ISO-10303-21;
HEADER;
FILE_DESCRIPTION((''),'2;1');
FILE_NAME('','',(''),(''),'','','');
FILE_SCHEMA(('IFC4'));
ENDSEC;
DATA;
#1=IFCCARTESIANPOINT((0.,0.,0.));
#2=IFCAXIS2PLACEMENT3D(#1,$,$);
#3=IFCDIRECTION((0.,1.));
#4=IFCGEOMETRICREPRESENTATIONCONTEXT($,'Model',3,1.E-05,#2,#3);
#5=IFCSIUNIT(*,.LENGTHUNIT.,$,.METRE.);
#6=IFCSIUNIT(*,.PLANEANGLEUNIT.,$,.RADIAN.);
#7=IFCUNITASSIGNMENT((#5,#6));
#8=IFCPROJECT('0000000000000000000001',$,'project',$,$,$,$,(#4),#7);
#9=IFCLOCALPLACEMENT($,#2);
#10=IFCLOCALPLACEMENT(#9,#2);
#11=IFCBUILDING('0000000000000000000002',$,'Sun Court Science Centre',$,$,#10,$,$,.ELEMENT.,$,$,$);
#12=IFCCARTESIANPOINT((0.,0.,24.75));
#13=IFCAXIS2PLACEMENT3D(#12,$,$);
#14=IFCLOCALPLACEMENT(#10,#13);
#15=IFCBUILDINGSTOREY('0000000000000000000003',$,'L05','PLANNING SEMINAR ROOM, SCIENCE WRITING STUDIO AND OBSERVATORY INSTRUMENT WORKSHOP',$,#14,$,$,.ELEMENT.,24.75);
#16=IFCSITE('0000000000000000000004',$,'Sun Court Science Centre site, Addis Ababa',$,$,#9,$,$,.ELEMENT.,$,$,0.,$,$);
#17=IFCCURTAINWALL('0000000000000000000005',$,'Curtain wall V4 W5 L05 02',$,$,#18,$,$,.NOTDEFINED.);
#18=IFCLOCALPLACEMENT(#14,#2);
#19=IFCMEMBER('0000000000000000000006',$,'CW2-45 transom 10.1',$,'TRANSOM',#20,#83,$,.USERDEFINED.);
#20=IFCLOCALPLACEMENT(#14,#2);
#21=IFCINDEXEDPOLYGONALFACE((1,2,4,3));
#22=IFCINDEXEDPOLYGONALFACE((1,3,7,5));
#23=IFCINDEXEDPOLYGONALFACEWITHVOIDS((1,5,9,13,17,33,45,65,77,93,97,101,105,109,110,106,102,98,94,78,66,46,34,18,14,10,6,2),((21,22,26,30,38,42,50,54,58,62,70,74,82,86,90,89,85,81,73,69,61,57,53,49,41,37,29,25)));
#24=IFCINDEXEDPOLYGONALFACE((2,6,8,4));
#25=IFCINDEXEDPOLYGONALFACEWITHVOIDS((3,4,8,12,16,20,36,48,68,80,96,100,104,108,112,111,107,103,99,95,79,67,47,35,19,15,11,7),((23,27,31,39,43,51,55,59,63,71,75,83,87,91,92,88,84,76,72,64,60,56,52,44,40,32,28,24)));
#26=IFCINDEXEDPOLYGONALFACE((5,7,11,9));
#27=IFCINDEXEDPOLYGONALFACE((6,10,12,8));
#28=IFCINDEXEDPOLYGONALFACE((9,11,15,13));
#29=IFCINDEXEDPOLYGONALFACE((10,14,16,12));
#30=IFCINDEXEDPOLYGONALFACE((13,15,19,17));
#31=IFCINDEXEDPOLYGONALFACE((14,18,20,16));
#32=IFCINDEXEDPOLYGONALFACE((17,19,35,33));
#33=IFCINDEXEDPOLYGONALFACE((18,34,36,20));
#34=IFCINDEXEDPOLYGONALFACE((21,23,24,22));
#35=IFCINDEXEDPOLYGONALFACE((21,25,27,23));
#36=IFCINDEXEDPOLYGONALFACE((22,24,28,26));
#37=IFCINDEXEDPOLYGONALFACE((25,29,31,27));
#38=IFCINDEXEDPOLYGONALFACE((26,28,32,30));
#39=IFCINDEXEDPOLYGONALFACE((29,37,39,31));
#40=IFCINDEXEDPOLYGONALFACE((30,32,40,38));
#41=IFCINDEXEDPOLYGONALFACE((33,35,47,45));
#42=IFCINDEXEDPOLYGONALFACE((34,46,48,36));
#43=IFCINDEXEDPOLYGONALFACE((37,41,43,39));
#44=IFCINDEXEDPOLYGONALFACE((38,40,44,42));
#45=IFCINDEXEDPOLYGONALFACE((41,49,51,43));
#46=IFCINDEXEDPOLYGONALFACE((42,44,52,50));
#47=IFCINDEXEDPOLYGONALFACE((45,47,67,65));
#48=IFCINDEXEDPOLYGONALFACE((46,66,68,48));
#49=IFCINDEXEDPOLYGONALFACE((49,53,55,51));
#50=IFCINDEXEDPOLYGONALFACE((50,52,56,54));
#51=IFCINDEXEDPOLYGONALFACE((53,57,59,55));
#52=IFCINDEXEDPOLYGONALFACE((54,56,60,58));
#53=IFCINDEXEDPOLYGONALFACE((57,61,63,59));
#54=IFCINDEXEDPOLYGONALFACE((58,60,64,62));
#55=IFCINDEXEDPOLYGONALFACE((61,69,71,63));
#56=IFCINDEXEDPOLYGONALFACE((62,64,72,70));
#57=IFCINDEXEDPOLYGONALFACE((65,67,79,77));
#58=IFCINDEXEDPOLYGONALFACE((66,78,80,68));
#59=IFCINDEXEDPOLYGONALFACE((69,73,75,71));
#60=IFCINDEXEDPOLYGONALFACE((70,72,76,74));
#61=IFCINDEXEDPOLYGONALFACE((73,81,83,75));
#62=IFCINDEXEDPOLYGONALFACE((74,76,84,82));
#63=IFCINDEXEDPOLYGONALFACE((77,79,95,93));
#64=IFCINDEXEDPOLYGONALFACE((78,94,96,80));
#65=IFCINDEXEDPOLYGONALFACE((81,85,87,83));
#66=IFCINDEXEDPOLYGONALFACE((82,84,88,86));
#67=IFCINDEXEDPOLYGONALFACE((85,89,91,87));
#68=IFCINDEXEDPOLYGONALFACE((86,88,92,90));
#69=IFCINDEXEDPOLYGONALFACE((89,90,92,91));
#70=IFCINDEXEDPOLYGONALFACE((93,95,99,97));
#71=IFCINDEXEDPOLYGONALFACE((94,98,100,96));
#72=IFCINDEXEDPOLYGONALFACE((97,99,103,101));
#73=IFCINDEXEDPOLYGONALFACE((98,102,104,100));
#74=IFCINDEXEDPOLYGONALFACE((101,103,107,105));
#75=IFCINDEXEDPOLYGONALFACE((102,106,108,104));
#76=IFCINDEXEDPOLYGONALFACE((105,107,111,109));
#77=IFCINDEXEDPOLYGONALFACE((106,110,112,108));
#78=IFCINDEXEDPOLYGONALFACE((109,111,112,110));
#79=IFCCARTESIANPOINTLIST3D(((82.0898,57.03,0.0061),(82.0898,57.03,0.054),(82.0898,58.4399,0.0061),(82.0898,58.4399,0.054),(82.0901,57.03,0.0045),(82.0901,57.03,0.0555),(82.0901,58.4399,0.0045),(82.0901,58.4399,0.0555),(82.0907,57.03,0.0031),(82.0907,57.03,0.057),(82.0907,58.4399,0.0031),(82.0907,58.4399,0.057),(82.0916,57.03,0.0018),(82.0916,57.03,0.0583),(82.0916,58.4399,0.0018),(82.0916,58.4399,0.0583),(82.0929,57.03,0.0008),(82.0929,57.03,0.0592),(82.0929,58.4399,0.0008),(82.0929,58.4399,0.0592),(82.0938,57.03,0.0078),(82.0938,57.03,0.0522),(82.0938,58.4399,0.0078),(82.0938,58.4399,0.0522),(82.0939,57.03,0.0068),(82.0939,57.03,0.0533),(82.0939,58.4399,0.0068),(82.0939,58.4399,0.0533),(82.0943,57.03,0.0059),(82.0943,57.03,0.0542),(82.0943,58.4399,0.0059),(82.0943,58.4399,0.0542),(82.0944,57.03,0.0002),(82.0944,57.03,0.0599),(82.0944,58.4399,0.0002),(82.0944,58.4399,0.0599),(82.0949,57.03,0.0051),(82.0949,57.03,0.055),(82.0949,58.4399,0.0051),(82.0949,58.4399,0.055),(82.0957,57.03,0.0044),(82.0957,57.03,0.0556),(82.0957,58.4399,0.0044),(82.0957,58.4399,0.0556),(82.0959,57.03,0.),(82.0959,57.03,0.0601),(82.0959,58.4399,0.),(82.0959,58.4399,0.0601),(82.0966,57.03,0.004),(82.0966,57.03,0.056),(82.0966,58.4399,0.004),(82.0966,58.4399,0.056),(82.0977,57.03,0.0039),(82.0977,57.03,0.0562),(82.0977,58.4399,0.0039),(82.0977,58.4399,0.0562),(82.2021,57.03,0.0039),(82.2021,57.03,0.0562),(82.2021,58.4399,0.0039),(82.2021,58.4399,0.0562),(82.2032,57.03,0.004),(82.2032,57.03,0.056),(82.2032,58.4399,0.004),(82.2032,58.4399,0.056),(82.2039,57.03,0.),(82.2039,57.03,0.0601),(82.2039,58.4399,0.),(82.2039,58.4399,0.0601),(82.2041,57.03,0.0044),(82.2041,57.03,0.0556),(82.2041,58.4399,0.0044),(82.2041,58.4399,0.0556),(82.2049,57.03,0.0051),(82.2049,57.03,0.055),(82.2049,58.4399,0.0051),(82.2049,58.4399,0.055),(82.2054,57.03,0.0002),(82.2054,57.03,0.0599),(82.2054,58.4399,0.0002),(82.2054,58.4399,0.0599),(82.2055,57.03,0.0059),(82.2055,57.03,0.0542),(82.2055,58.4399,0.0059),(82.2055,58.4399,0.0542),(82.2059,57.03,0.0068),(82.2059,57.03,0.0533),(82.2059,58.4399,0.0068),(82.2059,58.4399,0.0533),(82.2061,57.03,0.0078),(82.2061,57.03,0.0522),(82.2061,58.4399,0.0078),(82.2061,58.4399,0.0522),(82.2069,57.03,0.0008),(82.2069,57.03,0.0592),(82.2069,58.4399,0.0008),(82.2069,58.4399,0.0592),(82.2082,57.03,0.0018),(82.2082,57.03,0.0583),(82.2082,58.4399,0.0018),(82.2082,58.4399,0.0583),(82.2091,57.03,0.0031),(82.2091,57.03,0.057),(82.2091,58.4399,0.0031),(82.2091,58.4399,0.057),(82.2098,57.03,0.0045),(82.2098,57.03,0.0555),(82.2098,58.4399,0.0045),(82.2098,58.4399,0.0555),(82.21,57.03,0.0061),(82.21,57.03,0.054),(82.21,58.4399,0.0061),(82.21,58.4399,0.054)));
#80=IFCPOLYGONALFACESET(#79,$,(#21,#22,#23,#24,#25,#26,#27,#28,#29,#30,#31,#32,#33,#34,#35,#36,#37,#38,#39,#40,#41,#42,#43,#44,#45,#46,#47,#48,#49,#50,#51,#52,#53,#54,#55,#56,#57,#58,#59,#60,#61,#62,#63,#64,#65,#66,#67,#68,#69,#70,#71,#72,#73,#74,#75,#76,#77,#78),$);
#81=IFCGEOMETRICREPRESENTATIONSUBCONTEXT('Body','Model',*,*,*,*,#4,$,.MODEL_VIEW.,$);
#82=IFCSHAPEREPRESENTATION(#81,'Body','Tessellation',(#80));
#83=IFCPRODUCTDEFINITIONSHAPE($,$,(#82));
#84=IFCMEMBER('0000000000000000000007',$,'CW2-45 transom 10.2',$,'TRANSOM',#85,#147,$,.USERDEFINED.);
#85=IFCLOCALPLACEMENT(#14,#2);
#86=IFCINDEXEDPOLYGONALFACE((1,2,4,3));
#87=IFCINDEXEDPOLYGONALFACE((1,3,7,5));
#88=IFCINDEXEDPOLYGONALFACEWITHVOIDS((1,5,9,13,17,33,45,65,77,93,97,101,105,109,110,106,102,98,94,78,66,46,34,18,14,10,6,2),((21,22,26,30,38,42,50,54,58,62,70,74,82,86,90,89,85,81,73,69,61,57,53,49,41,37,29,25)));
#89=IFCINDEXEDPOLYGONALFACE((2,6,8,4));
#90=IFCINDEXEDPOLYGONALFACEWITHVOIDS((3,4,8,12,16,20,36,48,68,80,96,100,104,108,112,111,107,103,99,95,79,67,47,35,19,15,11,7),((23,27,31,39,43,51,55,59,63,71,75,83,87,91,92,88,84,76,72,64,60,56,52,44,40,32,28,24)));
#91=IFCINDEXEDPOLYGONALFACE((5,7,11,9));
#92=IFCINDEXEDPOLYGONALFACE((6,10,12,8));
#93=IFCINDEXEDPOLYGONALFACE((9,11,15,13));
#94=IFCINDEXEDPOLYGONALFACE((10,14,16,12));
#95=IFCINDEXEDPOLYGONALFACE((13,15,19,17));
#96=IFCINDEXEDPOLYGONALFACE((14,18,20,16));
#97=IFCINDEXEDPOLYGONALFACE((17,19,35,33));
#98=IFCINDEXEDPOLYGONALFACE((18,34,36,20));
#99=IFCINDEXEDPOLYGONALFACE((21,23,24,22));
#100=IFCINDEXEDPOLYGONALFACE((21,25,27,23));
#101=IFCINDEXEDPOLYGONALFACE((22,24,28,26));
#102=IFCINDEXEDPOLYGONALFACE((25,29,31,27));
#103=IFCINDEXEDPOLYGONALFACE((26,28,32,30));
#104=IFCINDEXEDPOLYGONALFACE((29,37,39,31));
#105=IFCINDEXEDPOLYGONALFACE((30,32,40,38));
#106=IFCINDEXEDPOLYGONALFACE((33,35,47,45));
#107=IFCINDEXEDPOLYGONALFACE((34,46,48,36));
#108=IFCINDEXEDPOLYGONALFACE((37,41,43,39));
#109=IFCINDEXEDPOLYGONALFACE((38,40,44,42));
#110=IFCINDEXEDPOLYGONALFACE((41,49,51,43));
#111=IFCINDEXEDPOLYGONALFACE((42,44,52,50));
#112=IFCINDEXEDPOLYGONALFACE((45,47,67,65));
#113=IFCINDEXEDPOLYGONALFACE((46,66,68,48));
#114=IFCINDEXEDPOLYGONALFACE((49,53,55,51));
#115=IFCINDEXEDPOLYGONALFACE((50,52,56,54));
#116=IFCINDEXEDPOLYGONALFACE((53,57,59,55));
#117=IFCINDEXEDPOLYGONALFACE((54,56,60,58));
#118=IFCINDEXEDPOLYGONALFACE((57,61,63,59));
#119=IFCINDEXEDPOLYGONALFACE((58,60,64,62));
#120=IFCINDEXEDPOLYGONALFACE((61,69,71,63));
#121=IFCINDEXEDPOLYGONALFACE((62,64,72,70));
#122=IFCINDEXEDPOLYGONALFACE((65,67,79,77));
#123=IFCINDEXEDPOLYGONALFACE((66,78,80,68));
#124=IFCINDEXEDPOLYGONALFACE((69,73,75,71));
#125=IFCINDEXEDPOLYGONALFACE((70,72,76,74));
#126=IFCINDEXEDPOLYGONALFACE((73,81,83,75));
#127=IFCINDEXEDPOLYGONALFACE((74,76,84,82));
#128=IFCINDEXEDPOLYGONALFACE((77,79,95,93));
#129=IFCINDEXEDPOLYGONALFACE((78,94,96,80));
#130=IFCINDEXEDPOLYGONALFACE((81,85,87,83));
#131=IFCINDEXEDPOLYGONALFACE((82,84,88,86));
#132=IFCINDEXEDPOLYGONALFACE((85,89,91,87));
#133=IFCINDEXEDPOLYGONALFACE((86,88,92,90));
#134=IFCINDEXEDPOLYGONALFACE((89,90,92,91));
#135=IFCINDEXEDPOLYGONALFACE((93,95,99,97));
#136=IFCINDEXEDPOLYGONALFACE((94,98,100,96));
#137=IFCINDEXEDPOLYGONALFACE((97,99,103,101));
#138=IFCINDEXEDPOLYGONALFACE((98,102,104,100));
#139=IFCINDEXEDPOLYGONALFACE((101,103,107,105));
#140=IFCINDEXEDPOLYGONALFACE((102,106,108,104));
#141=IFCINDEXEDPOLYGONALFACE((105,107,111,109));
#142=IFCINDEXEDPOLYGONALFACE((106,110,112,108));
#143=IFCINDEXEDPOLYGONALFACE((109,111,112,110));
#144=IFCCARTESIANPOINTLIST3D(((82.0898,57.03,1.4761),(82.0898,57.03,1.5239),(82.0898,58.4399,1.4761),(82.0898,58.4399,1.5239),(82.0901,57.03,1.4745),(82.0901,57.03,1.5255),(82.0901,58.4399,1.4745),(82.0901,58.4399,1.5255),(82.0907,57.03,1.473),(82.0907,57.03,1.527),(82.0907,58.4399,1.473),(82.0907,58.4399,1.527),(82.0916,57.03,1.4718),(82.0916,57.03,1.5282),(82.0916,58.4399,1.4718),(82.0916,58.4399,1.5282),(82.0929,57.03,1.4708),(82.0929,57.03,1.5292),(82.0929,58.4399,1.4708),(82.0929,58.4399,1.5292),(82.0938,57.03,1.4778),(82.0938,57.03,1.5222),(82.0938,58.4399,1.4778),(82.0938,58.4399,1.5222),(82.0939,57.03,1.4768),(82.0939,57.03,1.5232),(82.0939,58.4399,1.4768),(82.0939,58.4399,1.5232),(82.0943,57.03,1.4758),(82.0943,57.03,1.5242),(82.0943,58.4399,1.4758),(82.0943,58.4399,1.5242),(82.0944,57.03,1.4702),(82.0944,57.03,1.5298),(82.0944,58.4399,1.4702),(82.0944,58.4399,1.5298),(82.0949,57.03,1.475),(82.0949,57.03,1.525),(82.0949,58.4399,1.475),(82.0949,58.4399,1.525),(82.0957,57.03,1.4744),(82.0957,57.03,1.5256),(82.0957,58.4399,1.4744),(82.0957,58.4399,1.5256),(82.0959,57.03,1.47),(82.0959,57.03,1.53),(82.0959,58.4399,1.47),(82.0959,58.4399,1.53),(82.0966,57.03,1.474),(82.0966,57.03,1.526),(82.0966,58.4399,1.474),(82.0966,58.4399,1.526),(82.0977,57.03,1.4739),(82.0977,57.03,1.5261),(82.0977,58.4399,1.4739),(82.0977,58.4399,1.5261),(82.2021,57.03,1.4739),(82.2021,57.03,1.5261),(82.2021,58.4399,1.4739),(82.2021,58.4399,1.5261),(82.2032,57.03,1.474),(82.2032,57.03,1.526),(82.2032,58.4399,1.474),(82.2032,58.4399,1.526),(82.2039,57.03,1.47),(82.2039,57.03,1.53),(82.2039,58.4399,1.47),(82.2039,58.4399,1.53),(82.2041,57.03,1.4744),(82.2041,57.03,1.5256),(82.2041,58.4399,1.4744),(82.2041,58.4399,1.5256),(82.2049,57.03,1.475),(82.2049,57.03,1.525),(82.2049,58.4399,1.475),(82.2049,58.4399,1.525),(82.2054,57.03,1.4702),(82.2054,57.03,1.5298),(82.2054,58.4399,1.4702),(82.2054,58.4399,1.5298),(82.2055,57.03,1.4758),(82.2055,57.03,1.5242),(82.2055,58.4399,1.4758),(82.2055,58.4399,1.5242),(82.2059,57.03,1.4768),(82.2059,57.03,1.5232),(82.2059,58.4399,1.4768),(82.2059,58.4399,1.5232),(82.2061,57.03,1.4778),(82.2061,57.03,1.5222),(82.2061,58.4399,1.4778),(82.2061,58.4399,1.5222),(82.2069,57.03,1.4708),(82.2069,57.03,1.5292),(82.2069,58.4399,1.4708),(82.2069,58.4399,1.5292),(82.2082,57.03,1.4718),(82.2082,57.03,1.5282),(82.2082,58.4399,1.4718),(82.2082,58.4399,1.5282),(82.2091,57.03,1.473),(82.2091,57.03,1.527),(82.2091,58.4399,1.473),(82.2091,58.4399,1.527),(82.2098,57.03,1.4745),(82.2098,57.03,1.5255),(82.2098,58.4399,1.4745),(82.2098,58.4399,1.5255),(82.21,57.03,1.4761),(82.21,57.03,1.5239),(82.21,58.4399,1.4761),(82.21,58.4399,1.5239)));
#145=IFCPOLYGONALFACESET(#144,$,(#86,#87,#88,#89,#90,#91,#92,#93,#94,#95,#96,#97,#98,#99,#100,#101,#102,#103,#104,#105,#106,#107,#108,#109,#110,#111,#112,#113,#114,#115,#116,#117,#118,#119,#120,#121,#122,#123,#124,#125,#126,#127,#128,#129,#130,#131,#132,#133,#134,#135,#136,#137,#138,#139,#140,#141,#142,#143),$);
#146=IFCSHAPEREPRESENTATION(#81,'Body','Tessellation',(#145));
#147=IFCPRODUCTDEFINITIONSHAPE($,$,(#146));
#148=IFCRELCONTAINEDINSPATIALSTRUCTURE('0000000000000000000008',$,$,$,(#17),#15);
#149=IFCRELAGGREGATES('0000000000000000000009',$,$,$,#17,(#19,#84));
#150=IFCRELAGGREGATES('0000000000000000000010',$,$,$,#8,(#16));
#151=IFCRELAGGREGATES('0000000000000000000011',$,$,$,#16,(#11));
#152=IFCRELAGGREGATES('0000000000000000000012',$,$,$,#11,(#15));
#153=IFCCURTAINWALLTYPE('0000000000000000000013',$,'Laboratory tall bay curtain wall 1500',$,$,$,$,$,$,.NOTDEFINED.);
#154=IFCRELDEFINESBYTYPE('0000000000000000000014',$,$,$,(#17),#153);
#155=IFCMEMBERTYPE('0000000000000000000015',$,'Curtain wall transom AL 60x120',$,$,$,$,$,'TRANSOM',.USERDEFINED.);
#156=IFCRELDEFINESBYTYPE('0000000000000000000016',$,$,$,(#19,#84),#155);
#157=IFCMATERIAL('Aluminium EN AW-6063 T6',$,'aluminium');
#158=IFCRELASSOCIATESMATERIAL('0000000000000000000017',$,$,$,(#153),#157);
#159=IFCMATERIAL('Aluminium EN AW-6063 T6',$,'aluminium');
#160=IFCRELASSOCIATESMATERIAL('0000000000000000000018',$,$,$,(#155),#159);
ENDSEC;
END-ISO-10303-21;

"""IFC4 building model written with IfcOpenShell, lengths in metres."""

from ifc_helpers import new_model, si_unit, direction, frame, origin, origin_2d, place, context, subcontext, project, spatial, hollow_rectangle, extrude, material, material_profile, profile_set, type_object, element, aggregate, save


model = new_model("IFC4")

# Units and contexts
model_context = context("Model", 3, precision=1e-05, world=origin(), true_north=direction((0.0, 1.0)))
body_context = subcontext(model_context, "Body", "Model", "MODEL_VIEW")
ifc_project = project(units=[si_unit("LENGTHUNIT", "METRE"), si_unit("PLANEANGLEUNIT", "RADIAN")], contexts=[model_context])

# Site, building, storey
site_placement = place(None, origin())
site = spatial("IfcSite", under=ifc_project, at=site_placement, Name="Sun Court Science Centre site, Addis Ababa", CompositionType="ELEMENT", RefElevation=0.0)
building_placement = place(site_placement, origin())
building = spatial("IfcBuilding", under=site, at=building_placement, Name="Sun Court Science Centre", CompositionType="ELEMENT")
storey_placement = place(building_placement, frame((0.0, 0.0, 24.75)))
storey = spatial("IfcBuildingStorey", under=building, at=storey_placement, Name="L05", Description="PLANNING SEMINAR ROOM, SCIENCE WRITING STUDIO AND OBSERVATORY INSTRUMENT WORKSHOP", CompositionType="ELEMENT", Elevation=24.75)

# Curtain wall, members
ifc_material_1 = material(Name="Aluminium EN AW-6063 T6", Category="aluminium")
curtain_wall_type = type_object("IfcCurtainWallType", Name="Laboratory tall bay curtain wall 1500", PredefinedType="NOTDEFINED", material=ifc_material_1)
curtain_wall_placement = place(storey_placement, origin())
curtain_wall = element("IfcCurtainWall", 1, at=curtain_wall_placement, inside=storey, type_object=curtain_wall_type, Name="Curtain wall V4 W5 L05 02", PredefinedType="NOTDEFINED")
ifc_material_2 = material(Name="Aluminium EN AW-6063 T6", Category="aluminium")
ifc_material_profile_1 = material_profile(ifc_material_2, hollow_rectangle(XDim=0.0601, YDim=0.1201, WallThickness=0.0039, InnerFilletRadius=0.0039, OuterFilletRadius=0.0061, at=origin_2d()), Name="AL 60x120x4")
ifc_profile_set_1 = profile_set([ifc_material_profile_1], Name="Aluminium EN AW-6063 T6")
member_type_1 = type_object("IfcMemberType", Name="Curtain wall transom AL 60x120", ElementType="TRANSOM", PredefinedType="USERDEFINED", material=ifc_profile_set_1)
member_1_placement = place(storey_placement, frame((82.1499, 57.03, 0.03), z_axis=(0.0, 1.0, 0.0), x_axis=(0.0, 0.0, 1.0)))
member_1 = element("IfcMember", 2, at=member_1_placement, type_object=member_type_1, Name="CW2-45 transom 10.1", ObjectType="TRANSOM", PredefinedType="USERDEFINED", context=body_context, shape_type="SweptSolid", body=[
    extrude(hollow_rectangle(XDim=0.0601, YDim=0.1201, WallThickness=0.0039, InnerFilletRadius=0.0039, OuterFilletRadius=0.0061, at=origin_2d()), origin(), (0.0, 0.0, 1.0), 1.4099),
])
member_2_placement = place(storey_placement, frame((82.1499, 57.03, 1.5), z_axis=(0.0, 1.0, 0.0), x_axis=(0.0, 0.0, 1.0)))
member_2 = element("IfcMember", 3, at=member_2_placement, type_object=member_type_1, Name="CW2-45 transom 10.2", ObjectType="TRANSOM", PredefinedType="USERDEFINED", context=body_context, shape_type="SweptSolid", body=[
    extrude(hollow_rectangle(XDim=0.0601, YDim=0.1201, WallThickness=0.0039, InnerFilletRadius=0.0039, OuterFilletRadius=0.0061, at=origin_2d()), origin(), (0.0, 0.0, 1.0), 1.4099),
])

aggregate(curtain_wall, [member_1, member_2])

save(model, "model.ifc")
